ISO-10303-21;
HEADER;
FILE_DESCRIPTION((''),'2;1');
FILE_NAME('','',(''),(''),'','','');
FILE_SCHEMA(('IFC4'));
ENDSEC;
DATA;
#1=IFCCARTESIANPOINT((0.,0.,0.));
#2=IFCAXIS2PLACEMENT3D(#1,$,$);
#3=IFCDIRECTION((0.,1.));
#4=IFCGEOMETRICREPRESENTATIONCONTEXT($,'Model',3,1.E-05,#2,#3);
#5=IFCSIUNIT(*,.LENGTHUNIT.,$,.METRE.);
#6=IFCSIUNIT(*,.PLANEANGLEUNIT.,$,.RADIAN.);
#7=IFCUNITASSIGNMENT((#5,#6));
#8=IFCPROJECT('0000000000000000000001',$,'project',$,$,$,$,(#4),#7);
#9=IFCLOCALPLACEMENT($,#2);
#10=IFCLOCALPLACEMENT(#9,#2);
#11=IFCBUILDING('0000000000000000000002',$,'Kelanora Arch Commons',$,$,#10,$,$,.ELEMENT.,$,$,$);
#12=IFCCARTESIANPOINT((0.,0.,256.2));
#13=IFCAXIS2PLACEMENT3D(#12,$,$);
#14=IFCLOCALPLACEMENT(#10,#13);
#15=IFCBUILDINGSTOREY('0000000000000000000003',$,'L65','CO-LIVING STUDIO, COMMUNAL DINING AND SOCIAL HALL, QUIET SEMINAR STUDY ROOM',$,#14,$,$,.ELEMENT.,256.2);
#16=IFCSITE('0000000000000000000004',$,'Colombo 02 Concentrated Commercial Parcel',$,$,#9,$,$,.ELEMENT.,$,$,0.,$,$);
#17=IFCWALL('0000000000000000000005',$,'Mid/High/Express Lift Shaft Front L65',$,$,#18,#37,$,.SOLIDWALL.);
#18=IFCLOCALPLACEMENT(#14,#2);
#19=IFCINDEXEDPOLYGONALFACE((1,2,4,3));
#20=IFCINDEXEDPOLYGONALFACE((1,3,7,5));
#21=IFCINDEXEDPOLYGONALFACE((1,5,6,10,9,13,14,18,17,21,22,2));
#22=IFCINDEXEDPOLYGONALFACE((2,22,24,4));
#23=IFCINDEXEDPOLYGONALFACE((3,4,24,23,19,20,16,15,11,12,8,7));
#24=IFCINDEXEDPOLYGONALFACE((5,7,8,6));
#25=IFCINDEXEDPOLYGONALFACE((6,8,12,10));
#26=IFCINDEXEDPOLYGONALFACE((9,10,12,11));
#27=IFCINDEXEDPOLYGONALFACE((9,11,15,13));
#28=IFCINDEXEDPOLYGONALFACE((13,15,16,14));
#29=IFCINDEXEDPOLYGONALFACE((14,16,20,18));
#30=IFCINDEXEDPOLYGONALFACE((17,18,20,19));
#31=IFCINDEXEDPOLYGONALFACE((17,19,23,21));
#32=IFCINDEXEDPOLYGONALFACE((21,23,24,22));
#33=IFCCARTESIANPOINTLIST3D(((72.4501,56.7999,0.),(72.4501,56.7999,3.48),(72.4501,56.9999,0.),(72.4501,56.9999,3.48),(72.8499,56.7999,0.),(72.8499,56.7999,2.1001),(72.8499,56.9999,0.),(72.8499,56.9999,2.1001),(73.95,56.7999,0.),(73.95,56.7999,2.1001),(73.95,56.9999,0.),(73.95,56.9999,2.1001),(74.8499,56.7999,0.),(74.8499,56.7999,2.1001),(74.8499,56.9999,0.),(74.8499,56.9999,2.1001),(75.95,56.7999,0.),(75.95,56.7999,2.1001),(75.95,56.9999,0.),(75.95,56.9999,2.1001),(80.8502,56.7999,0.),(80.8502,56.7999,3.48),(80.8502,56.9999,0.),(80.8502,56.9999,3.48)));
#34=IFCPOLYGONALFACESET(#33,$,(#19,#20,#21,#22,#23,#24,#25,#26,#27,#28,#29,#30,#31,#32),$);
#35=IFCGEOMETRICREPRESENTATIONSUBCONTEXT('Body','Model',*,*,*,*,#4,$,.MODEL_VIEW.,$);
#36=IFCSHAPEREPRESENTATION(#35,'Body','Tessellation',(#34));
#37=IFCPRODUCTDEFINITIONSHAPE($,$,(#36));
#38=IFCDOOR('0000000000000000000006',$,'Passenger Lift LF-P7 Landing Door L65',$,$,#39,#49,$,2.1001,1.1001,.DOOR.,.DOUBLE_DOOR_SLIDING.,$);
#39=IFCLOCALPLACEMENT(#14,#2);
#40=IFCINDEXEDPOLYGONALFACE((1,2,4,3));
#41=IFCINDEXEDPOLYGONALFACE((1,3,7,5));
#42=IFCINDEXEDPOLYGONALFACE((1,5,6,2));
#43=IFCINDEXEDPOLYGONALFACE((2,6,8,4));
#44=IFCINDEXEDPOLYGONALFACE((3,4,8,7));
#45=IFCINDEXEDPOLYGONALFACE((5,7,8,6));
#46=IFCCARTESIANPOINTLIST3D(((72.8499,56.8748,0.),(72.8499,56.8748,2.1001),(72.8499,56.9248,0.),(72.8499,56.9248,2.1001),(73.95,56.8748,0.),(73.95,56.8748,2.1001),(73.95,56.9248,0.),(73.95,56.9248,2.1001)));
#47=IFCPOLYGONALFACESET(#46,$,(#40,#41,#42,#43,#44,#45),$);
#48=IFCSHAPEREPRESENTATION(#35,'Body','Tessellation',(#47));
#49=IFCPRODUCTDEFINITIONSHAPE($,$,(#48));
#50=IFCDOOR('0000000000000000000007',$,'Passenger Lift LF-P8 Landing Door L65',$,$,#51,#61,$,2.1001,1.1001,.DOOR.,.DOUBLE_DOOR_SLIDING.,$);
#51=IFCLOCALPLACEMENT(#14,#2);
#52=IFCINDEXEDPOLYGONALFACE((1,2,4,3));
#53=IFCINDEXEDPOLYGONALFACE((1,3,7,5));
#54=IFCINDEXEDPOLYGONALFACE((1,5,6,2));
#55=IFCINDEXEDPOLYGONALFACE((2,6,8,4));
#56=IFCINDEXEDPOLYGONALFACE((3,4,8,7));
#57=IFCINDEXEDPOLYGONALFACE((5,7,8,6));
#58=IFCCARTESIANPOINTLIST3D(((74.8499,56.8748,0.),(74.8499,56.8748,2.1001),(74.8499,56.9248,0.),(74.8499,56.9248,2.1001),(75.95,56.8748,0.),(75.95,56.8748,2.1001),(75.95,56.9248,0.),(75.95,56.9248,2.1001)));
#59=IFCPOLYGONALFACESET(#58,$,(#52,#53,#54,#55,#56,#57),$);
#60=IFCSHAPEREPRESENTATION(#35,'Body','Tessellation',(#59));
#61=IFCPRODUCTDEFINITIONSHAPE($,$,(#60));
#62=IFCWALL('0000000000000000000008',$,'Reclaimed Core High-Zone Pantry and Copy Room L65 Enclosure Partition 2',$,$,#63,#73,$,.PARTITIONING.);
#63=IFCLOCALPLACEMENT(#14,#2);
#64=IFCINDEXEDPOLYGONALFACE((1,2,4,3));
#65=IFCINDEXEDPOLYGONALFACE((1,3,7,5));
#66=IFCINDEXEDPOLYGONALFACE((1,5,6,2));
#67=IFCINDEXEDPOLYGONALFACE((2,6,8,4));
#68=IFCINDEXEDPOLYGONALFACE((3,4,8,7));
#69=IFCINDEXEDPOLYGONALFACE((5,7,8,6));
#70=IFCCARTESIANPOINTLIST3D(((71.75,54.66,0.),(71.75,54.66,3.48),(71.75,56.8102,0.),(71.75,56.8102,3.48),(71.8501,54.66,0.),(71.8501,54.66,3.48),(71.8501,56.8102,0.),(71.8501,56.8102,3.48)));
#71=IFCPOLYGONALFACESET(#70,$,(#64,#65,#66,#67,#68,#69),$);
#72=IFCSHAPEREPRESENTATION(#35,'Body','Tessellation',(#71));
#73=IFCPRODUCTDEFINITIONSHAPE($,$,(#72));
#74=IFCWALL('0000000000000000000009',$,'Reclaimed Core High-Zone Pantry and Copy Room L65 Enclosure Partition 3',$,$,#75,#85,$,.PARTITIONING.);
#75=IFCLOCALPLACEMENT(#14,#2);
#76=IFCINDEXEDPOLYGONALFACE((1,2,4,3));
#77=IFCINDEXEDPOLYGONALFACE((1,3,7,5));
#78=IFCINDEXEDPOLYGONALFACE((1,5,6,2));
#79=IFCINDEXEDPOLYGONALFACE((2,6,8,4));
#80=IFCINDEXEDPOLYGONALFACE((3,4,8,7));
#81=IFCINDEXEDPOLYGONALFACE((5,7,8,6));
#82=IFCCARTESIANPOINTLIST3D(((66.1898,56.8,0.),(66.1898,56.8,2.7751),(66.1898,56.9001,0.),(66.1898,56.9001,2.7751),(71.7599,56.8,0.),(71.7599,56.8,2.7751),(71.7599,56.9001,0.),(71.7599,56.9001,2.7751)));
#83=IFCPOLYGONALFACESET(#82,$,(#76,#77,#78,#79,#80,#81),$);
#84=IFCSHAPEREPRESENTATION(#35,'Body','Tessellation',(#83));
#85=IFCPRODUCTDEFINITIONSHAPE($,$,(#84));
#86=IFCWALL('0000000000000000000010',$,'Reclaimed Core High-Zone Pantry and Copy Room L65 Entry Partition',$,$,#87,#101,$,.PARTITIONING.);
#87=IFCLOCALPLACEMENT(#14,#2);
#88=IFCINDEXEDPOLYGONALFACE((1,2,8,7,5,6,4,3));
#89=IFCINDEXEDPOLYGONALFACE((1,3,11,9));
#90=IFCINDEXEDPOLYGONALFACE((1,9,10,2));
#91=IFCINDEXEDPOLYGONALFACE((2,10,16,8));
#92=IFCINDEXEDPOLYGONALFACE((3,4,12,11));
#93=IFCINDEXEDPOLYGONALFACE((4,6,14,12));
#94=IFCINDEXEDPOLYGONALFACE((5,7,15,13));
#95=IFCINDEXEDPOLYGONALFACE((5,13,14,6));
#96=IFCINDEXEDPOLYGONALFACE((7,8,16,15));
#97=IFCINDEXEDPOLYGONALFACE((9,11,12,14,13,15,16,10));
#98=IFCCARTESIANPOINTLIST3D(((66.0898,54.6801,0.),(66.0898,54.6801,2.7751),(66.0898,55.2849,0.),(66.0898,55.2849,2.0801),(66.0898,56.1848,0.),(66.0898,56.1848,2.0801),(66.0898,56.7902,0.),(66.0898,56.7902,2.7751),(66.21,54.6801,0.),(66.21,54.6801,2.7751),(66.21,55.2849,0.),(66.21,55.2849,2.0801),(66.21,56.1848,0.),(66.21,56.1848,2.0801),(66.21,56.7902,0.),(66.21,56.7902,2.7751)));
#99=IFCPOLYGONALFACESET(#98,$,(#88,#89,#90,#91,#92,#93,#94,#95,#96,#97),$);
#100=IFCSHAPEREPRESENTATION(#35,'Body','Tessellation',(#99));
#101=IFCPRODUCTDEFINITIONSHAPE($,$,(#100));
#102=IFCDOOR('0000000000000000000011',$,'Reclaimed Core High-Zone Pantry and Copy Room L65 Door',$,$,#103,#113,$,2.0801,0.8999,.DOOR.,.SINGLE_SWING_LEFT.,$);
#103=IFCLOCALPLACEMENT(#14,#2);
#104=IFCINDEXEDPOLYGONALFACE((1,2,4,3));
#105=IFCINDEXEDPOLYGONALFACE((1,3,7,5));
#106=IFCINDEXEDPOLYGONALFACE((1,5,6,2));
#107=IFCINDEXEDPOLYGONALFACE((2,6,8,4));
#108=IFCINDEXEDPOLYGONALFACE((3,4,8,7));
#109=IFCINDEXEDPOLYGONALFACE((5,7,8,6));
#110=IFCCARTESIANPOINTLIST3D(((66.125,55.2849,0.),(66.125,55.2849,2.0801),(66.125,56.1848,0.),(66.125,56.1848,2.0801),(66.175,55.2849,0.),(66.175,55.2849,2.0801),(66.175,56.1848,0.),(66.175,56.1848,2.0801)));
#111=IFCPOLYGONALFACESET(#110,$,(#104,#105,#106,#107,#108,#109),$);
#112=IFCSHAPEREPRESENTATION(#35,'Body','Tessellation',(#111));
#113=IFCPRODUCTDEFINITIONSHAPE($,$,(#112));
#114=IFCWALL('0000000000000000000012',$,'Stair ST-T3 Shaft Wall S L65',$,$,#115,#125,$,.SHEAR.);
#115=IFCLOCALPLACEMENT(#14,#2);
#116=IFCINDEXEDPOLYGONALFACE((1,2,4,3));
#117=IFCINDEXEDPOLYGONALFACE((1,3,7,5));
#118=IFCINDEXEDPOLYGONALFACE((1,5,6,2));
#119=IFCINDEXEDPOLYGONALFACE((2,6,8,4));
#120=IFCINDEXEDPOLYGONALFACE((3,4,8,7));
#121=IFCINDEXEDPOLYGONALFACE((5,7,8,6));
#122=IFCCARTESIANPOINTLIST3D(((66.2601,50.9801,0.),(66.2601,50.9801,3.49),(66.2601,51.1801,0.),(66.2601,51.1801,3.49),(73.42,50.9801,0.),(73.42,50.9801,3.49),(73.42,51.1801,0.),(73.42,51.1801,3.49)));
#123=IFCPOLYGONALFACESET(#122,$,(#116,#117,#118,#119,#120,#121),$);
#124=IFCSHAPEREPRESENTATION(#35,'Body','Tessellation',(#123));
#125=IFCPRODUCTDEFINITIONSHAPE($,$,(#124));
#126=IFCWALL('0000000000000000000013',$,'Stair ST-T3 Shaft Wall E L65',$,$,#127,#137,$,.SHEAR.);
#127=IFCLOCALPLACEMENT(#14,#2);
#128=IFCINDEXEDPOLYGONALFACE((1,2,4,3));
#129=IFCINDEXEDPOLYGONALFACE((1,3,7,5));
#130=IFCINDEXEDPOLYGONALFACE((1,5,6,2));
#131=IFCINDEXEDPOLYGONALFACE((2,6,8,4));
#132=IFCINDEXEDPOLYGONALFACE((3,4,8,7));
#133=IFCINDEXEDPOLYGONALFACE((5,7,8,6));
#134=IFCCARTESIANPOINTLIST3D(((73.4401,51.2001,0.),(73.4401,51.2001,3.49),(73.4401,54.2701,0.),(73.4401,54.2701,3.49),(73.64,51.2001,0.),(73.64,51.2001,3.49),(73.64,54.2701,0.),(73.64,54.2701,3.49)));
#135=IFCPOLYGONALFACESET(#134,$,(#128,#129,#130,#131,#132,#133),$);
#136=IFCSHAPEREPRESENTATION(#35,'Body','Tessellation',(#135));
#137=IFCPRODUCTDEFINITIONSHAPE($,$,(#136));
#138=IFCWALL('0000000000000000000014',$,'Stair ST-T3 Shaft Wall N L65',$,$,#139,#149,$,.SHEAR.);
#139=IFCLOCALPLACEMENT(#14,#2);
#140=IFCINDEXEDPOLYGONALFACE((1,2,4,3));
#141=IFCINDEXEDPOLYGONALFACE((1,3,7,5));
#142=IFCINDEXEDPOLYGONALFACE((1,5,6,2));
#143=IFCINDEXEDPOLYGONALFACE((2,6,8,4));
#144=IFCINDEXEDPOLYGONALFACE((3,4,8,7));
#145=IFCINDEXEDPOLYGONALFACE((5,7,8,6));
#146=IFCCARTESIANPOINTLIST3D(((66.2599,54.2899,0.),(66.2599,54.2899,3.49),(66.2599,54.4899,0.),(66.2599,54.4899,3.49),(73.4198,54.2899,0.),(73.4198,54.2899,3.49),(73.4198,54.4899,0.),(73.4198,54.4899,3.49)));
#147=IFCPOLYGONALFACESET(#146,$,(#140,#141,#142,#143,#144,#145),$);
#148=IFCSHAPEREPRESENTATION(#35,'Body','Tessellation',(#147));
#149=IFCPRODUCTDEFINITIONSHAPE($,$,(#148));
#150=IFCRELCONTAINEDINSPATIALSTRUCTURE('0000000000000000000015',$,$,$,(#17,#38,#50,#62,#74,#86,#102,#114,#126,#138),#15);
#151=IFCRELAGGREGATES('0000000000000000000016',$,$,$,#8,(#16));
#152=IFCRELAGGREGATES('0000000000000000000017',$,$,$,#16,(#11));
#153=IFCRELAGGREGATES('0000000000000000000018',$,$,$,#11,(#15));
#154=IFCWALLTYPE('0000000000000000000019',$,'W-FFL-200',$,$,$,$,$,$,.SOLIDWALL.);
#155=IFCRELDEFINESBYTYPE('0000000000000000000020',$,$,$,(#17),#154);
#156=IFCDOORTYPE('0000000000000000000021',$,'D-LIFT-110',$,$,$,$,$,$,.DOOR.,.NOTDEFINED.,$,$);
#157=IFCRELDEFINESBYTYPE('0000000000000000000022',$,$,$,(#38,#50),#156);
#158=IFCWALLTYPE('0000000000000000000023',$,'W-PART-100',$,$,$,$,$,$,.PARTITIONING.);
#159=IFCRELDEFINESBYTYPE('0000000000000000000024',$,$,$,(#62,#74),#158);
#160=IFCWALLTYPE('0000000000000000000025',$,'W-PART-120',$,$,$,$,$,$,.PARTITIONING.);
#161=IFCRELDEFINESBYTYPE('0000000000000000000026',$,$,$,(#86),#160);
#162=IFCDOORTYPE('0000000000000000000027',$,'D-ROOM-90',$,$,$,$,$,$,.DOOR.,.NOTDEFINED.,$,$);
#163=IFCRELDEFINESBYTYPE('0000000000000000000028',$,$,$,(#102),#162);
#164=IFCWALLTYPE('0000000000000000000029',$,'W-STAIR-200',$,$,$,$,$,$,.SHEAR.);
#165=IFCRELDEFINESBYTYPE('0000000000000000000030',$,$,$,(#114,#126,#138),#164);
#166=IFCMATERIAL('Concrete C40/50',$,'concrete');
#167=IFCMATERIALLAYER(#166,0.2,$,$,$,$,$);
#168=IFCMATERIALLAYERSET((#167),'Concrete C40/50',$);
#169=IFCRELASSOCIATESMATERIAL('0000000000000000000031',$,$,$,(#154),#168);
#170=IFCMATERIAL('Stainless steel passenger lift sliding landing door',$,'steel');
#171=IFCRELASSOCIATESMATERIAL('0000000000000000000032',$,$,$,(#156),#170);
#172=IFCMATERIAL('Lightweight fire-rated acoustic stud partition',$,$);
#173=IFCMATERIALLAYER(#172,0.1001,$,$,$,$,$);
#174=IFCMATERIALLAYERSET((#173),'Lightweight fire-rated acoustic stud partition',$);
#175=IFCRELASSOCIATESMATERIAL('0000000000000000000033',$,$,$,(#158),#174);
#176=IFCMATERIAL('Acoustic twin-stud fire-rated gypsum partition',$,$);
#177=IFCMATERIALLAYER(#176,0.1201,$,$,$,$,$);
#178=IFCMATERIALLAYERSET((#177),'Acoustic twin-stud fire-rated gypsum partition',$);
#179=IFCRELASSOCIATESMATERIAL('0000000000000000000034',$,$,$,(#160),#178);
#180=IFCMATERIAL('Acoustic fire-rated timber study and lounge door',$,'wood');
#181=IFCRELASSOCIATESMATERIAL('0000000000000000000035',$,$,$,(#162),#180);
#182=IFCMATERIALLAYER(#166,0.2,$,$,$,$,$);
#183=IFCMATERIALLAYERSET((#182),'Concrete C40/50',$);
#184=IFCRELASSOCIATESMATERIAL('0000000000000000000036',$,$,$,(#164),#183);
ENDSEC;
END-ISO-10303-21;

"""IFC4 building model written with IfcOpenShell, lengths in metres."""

from ifc_helpers import new_model, si_unit, direction, frame, frame_2d, origin, place, context, subcontext, project, spatial, rectangle, extrude, material, layer, layer_set, type_object, element, fill, save


model = new_model("IFC4")

# Units and contexts
model_context = context("Model", 3, precision=1e-05, world=origin(), true_north=direction((0.0, 1.0)))
body_context = subcontext(model_context, "Body", "Model", "MODEL_VIEW")
ifc_project = project(units=[si_unit("LENGTHUNIT", "METRE"), si_unit("PLANEANGLEUNIT", "RADIAN")], contexts=[model_context])

# Site, building, storey
site_placement = place(None, origin())
site = spatial("IfcSite", under=ifc_project, at=site_placement, Name="Colombo 02 Concentrated Commercial Parcel", CompositionType="ELEMENT", RefElevation=0.0)
building_placement = place(site_placement, origin())
building = spatial("IfcBuilding", under=site, at=building_placement, Name="Kelanora Arch Commons", CompositionType="ELEMENT")
storey_placement = place(building_placement, frame((0.0, 0.0, 256.2)))
storey = spatial("IfcBuildingStorey", under=building, at=storey_placement, Name="L65", Description="CO-LIVING STUDIO, COMMUNAL DINING AND SOCIAL HALL, QUIET SEMINAR STUDY ROOM", CompositionType="ELEMENT", Elevation=256.2)

# Wall, openings, doors
ifc_material_1 = material(Name="Concrete C40/50", Category="concrete")
ifc_layer_1 = layer(ifc_material_1, 0.2)
ifc_layer_set_1 = layer_set([ifc_layer_1], Name="Concrete C40/50")
wall_type_1 = type_object("IfcWallType", Name="W-FFL-200", PredefinedType="SOLIDWALL", material=ifc_layer_set_1)
wall_1_placement = place(storey_placement, frame((72.45, 56.8999, 0.0), z_axis=(0.0, 0.0, 1.0), x_axis=(1.0, 0.0, 0.0)))
wall_1 = element("IfcWall", 1, at=wall_1_placement, inside=storey, type_object=wall_type_1, Name="Mid/High/Express Lift Shaft Front L65", PredefinedType="SOLIDWALL", context=body_context, shape_type="SweptSolid", body=[
    extrude(rectangle(XDim=8.4001, YDim=0.2, at=frame_2d((4.2002, 0.0))), origin(), (0.0, 0.0, 1.0), 3.48),
])
opening_1_placement = place(wall_1_placement, frame((0.3999, 0.0, 0.0)))
opening_1 = element("IfcOpeningElement", 2, at=opening_1_placement, cuts=wall_1, PredefinedType="OPENING", context=body_context, shape_type="SweptSolid", body=[
    extrude(rectangle(XDim=1.1001, YDim=2.1001, at=frame_2d((0.55, 1.05))), frame((0.0, 0.1099, 0.0), z_axis=(0.0, -1.0, 0.0), x_axis=(1.0, 0.0, 0.0)), (0.0, 0.0, 1.0), 0.22),
])
opening_2_placement = place(wall_1_placement, frame((2.3999, 0.0, 0.0)))
opening_2 = element("IfcOpeningElement", 3, at=opening_2_placement, cuts=wall_1, PredefinedType="OPENING", context=body_context, shape_type="SweptSolid", body=[
    extrude(rectangle(XDim=1.1001, YDim=2.1001, at=frame_2d((0.55, 1.05))), frame((0.0, 0.1099, 0.0), z_axis=(0.0, -1.0, 0.0), x_axis=(1.0, 0.0, 0.0)), (0.0, 0.0, 1.0), 0.22),
])
ifc_material_2 = material(Name="Stainless steel passenger lift sliding landing door", Category="steel")
door_type_1 = type_object("IfcDoorType", Name="D-LIFT-110", OperationType="NOTDEFINED", PredefinedType="DOOR", material=ifc_material_2)
door_1_placement = place(opening_1_placement, origin())
door_1 = element("IfcDoor", 4, at=door_1_placement, inside=storey, type_object=door_type_1, Name="Passenger Lift LF-P7 Landing Door L65", OperationType="DOUBLE_DOOR_SLIDING", OverallHeight=2.1001, OverallWidth=1.1001, PredefinedType="DOOR", context=body_context, shape_type="SweptSolid", body=[
    extrude(rectangle(XDim=1.1001, YDim=2.1001, at=frame_2d((0.55, 1.05))), frame((0.0, 0.0249, 0.0), z_axis=(0.0, -1.0, 0.0), x_axis=(1.0, 0.0, 0.0)), (0.0, 0.0, 1.0), 0.05),
])
fill(opening_1, door_1)
door_2_placement = place(opening_2_placement, origin())
door_2 = element("IfcDoor", 5, at=door_2_placement, inside=storey, type_object=door_type_1, Name="Passenger Lift LF-P8 Landing Door L65", OperationType="DOUBLE_DOOR_SLIDING", OverallHeight=2.1001, OverallWidth=1.1001, PredefinedType="DOOR", context=body_context, shape_type="SweptSolid", body=[
    extrude(rectangle(XDim=1.1001, YDim=2.1001, at=frame_2d((0.55, 1.05))), frame((0.0, 0.0249, 0.0), z_axis=(0.0, -1.0, 0.0), x_axis=(1.0, 0.0, 0.0)), (0.0, 0.0, 1.0), 0.05),
])
fill(opening_2, door_2)

# Walls
ifc_material_3 = material(Name="Lightweight fire-rated acoustic stud partition")
ifc_layer_2 = layer(ifc_material_3, 0.1001)
ifc_layer_set_2 = layer_set([ifc_layer_2], Name="Lightweight fire-rated acoustic stud partition")
wall_type_2 = type_object("IfcWallType", Name="W-PART-100", PredefinedType="PARTITIONING", material=ifc_layer_set_2)
wall_2_placement = place(storey_placement, frame((71.8, 54.6599, 0.0), z_axis=(0.0, 0.0, 1.0), x_axis=(0.0, 1.0, 0.0)))
element("IfcWall", 6, at=wall_2_placement, inside=storey, type_object=wall_type_2, Name="Reclaimed Core High-Zone Pantry and Copy Room L65 Enclosure Partition 2", PredefinedType="PARTITIONING", context=body_context, shape_type="SweptSolid", body=[
    extrude(rectangle(XDim=2.1501, YDim=0.1001, at=frame_2d((1.0752, 0.0))), origin(), (0.0, 0.0, 1.0), 3.48),
])
wall_3_placement = place(storey_placement, frame((71.76, 56.8501, 0.0), z_axis=(0.0, 0.0, 1.0), x_axis=(-1.0, 0.0, 0.0)))
element("IfcWall", 7, at=wall_3_placement, inside=storey, type_object=wall_type_2, Name="Reclaimed Core High-Zone Pantry and Copy Room L65 Enclosure Partition 3", PredefinedType="PARTITIONING", context=body_context, shape_type="SweptSolid", body=[
    extrude(rectangle(XDim=5.5701, YDim=0.1001, at=frame_2d((2.7852, 0.0))), origin(), (0.0, 0.0, 1.0), 2.7751),
])

# Wall, opening, door
ifc_material_4 = material(Name="Acoustic twin-stud fire-rated gypsum partition")
ifc_layer_3 = layer(ifc_material_4, 0.1201)
ifc_layer_set_3 = layer_set([ifc_layer_3], Name="Acoustic twin-stud fire-rated gypsum partition")
wall_type_3 = type_object("IfcWallType", Name="W-PART-120", PredefinedType="PARTITIONING", material=ifc_layer_set_3)
wall_4_placement = place(storey_placement, frame((66.1499, 54.6799, 0.0), z_axis=(0.0, 0.0, 1.0), x_axis=(0.0, 1.0, 0.0)))
wall_4 = element("IfcWall", 8, at=wall_4_placement, inside=storey, type_object=wall_type_3, Name="Reclaimed Core High-Zone Pantry and Copy Room L65 Entry Partition", PredefinedType="PARTITIONING", context=body_context, shape_type="SweptSolid", body=[
    extrude(rectangle(XDim=2.1101, YDim=0.1201, at=frame_2d((1.0552, 0.0))), origin(), (0.0, 0.0, 1.0), 2.7751),
])
opening_3_placement = place(wall_4_placement, frame((0.605, 0.0, 0.0)))
opening_3 = element("IfcOpeningElement", 9, at=opening_3_placement, cuts=wall_4, PredefinedType="OPENING", context=body_context, shape_type="SweptSolid", body=[
    extrude(rectangle(XDim=0.8999, YDim=2.0801, at=frame_2d((0.45, 1.04))), frame((0.0, 0.0701, 0.0), z_axis=(0.0, -1.0, 0.0), x_axis=(1.0, 0.0, 0.0)), (0.0, 0.0, 1.0), 0.1401),
])
ifc_material_5 = material(Name="Acoustic fire-rated timber study and lounge door", Category="wood")
door_type_2 = type_object("IfcDoorType", Name="D-ROOM-90", OperationType="NOTDEFINED", PredefinedType="DOOR", material=ifc_material_5)
door_3_placement = place(opening_3_placement, origin())
door_3 = element("IfcDoor", 10, at=door_3_placement, inside=storey, type_object=door_type_2, Name="Reclaimed Core High-Zone Pantry and Copy Room L65 Door", OperationType="SINGLE_SWING_LEFT", OverallHeight=2.0801, OverallWidth=0.8999, PredefinedType="DOOR", context=body_context, shape_type="SweptSolid", body=[
    extrude(rectangle(XDim=0.8999, YDim=2.0801, at=frame_2d((0.45, 1.04))), frame((0.0, 0.0249, 0.0), z_axis=(0.0, -1.0, 0.0), x_axis=(1.0, 0.0, 0.0)), (0.0, 0.0, 1.0), 0.05),
])
fill(opening_3, door_3)

# Walls
ifc_layer_4 = layer(ifc_material_1, 0.2)
ifc_layer_set_4 = layer_set([ifc_layer_4], Name="Concrete C40/50")
wall_type_4 = type_object("IfcWallType", Name="W-STAIR-200", PredefinedType="SHEAR", material=ifc_layer_set_4)
wall_5_placement = place(storey_placement, frame((66.26, 51.0801, 0.0), z_axis=(0.0, 0.0, 1.0), x_axis=(1.0, 0.0, 0.0)))
element("IfcWall", 11, at=wall_5_placement, inside=storey, type_object=wall_type_4, Name="Stair ST-T3 Shaft Wall S L65", PredefinedType="SHEAR", context=body_context, shape_type="SweptSolid", body=[
    extrude(rectangle(XDim=7.1599, YDim=0.2, at=frame_2d((3.5801, 0.0))), origin(), (0.0, 0.0, 1.0), 3.49),
])
wall_6_placement = place(storey_placement, frame((73.54, 51.2, 0.0), z_axis=(0.0, 0.0, 1.0), x_axis=(0.0, 1.0, 0.0)))
element("IfcWall", 12, at=wall_6_placement, inside=storey, type_object=wall_type_4, Name="Stair ST-T3 Shaft Wall E L65", PredefinedType="SHEAR", context=body_context, shape_type="SweptSolid", body=[
    extrude(rectangle(XDim=3.0701, YDim=0.2, at=frame_2d((1.5352, 0.0))), origin(), (0.0, 0.0, 1.0), 3.49),
])
wall_7_placement = place(storey_placement, frame((73.4199, 54.3899, 0.0), z_axis=(0.0, 0.0, 1.0), x_axis=(-1.0, 0.0, 0.0)))
element("IfcWall", 13, at=wall_7_placement, inside=storey, type_object=wall_type_4, Name="Stair ST-T3 Shaft Wall N L65", PredefinedType="SHEAR", context=body_context, shape_type="SweptSolid", body=[
    extrude(rectangle(XDim=7.1599, YDim=0.2, at=frame_2d((3.5801, 0.0))), origin(), (0.0, 0.0, 1.0), 3.49),
])

save(model, "model.ifc")
